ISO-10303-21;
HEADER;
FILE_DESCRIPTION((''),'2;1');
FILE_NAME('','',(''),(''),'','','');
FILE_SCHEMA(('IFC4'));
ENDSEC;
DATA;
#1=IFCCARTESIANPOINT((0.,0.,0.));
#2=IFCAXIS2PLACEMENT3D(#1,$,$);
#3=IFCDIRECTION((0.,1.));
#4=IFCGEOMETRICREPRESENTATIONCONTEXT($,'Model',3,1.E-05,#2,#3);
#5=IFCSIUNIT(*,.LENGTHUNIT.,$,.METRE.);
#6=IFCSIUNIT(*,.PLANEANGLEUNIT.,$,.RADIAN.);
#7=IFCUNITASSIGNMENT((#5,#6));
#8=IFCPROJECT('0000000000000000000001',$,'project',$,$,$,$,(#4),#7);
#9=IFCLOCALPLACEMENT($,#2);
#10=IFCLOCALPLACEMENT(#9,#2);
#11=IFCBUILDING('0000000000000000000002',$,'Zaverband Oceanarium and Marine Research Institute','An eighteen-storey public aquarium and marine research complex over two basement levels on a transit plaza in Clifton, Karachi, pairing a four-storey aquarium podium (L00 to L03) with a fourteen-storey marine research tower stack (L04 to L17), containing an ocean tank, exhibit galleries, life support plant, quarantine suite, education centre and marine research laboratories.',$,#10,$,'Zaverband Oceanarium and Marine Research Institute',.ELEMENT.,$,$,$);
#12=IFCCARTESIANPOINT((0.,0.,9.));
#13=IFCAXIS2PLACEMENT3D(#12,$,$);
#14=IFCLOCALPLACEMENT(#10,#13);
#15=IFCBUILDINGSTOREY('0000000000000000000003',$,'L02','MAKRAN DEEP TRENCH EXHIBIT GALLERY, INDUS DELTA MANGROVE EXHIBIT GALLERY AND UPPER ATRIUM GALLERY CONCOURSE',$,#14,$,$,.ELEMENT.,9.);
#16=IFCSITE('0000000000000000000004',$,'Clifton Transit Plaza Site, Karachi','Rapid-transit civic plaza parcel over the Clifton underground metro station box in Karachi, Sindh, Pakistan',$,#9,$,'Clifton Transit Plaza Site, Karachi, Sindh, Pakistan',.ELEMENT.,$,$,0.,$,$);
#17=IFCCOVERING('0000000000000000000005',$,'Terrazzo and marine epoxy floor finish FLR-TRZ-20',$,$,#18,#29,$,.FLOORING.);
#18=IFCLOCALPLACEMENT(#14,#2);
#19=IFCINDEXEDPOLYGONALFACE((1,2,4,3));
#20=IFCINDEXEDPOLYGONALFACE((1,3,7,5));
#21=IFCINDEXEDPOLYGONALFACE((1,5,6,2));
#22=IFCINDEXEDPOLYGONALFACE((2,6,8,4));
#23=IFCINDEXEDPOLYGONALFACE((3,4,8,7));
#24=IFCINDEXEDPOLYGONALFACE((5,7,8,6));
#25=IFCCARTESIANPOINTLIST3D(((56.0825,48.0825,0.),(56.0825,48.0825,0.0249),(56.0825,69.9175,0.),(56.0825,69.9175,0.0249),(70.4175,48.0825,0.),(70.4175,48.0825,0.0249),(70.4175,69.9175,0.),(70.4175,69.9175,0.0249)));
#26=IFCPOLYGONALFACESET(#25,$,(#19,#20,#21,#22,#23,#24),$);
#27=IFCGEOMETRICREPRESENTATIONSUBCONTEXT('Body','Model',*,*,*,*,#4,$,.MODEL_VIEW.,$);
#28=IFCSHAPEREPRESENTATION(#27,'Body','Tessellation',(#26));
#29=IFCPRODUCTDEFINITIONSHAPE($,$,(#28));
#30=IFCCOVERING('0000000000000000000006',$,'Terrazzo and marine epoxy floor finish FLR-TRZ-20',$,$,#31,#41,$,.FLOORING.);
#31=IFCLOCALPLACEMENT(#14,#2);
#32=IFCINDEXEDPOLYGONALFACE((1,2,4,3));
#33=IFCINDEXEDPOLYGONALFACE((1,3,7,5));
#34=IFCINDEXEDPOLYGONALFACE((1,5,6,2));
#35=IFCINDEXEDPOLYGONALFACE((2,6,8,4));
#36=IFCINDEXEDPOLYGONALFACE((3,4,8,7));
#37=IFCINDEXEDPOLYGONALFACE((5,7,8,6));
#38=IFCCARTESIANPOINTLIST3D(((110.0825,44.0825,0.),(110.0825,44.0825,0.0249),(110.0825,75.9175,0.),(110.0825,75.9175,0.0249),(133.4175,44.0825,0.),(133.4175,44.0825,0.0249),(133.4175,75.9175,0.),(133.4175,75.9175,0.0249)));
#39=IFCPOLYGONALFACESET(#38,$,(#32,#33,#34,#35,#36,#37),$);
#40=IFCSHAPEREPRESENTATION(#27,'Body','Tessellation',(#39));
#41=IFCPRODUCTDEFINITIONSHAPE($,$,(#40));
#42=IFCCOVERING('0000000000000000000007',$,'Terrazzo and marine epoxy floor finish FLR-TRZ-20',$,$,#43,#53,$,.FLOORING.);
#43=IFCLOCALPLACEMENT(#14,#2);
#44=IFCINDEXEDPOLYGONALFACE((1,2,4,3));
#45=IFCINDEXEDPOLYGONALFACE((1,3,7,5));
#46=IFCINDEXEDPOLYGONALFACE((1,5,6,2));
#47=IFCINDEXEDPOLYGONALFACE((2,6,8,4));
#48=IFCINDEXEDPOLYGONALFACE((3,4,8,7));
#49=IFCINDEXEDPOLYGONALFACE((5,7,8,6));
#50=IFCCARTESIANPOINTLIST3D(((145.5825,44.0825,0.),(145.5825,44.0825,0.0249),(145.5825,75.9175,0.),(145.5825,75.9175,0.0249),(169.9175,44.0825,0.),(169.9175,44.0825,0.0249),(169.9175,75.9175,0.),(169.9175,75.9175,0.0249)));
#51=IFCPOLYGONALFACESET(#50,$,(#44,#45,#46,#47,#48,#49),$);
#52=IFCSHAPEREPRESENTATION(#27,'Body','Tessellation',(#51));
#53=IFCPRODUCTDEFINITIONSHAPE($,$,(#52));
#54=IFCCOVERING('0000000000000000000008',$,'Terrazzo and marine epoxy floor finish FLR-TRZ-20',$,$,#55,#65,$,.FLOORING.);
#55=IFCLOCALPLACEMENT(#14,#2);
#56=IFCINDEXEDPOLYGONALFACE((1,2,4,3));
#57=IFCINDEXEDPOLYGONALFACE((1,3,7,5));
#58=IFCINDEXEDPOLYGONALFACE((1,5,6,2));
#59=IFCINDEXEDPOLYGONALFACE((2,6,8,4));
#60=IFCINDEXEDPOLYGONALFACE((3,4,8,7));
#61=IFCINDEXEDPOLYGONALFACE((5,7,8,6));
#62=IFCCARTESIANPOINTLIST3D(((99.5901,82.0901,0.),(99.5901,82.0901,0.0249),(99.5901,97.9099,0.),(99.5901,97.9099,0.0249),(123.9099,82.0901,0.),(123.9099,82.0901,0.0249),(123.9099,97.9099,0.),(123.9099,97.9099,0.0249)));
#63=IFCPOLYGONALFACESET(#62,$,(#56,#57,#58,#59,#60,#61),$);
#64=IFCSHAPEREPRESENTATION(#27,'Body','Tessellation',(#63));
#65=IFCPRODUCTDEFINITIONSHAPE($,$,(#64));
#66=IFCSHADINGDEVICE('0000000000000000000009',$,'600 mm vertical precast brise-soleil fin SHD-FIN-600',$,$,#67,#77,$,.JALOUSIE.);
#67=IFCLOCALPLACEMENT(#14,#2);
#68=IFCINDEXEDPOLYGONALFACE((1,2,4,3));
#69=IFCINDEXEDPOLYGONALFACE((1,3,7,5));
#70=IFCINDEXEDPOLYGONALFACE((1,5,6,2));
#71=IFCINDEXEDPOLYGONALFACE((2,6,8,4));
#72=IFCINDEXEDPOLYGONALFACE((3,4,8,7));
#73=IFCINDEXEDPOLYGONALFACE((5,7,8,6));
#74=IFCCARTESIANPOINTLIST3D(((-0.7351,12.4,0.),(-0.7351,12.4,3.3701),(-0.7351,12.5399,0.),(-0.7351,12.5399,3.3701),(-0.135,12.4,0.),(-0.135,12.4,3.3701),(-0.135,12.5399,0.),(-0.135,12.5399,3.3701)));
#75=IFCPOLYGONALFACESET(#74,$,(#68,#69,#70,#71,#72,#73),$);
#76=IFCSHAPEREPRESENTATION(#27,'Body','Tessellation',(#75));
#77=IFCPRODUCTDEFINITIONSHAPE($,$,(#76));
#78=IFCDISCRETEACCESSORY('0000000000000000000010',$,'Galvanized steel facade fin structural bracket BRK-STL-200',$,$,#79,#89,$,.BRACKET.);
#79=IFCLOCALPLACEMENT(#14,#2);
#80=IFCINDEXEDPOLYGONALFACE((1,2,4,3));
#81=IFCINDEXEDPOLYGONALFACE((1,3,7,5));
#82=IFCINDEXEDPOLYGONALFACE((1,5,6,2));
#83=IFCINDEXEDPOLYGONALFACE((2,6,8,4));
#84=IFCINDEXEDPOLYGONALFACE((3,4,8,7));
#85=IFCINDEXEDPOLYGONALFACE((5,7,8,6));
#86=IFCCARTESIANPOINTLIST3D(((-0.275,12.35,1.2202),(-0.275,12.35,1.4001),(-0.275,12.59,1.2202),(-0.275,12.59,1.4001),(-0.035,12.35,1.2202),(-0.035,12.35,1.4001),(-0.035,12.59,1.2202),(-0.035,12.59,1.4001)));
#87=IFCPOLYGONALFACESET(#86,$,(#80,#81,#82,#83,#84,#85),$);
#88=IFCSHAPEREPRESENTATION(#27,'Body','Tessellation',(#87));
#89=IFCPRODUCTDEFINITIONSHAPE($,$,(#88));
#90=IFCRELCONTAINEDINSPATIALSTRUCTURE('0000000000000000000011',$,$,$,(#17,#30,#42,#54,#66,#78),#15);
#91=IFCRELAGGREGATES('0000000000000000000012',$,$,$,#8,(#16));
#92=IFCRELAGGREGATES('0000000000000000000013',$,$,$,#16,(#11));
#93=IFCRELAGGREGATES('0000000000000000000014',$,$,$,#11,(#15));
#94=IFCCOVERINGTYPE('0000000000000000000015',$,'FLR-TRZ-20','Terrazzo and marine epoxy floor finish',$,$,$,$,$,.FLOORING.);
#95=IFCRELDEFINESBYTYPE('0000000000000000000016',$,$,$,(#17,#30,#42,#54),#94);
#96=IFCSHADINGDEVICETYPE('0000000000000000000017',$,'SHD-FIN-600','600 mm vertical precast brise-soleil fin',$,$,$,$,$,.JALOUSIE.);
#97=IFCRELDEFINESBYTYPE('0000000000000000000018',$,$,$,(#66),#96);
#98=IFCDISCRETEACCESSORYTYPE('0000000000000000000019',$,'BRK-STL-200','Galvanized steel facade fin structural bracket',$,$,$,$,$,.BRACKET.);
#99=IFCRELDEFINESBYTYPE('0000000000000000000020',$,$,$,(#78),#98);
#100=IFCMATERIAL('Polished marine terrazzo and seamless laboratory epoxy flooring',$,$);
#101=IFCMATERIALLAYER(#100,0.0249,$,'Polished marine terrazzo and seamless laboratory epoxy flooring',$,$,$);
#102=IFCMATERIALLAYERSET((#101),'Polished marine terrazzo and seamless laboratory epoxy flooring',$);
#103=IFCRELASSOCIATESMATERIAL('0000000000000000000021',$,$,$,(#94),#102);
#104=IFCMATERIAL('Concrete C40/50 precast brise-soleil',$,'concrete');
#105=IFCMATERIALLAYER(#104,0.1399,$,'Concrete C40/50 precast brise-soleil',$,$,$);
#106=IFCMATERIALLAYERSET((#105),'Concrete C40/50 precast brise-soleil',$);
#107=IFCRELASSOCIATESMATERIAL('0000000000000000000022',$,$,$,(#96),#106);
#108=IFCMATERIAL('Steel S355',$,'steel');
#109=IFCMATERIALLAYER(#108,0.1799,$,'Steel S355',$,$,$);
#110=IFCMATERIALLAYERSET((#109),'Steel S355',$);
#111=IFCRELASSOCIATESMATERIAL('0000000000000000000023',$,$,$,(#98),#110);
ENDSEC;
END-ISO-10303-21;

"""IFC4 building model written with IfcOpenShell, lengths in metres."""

from ifc_helpers import new_model, si_unit, direction, frame, frame_2d, origin, origin_2d, place, context, subcontext, project, spatial, polyline, rectangle, outline, extrude, material, layer, layer_set, type_object, element, save


model = new_model("IFC4")

# Units and contexts
model_context = context("Model", 3, precision=1e-05, world=origin(), true_north=direction((0.0, 1.0)))
body_context = subcontext(model_context, "Body", "Model", "MODEL_VIEW")
ifc_project = project(units=[si_unit("LENGTHUNIT", "METRE"), si_unit("PLANEANGLEUNIT", "RADIAN")], contexts=[model_context])

# Site, building, storey
site_placement = place(None, origin())
site = spatial("IfcSite", under=ifc_project, at=site_placement, Name="Clifton Transit Plaza Site, Karachi", Description="Rapid-transit civic plaza parcel over the Clifton underground metro station box in Karachi, Sindh, Pakistan", LongName="Clifton Transit Plaza Site, Karachi, Sindh, Pakistan", CompositionType="ELEMENT", RefElevation=0.0)
building_placement = place(site_placement, origin())
building = spatial("IfcBuilding", under=site, at=building_placement, Name="Zaverband Oceanarium and Marine Research Institute", Description="An eighteen-storey public aquarium and marine research complex over two basement levels on a transit plaza in Clifton, Karachi, pairing a four-storey aquarium podium (L00 to L03) with a fourteen-storey marine research tower stack (L04 to L17), containing an ocean tank, exhibit galleries, life support plant, quarantine suite, education centre and marine research laboratories.", LongName="Zaverband Oceanarium and Marine Research Institute", CompositionType="ELEMENT")
storey_placement = place(building_placement, frame((0.0, 0.0, 9.0)))
storey = spatial("IfcBuildingStorey", under=building, at=storey_placement, Name="L02", Description="MAKRAN DEEP TRENCH EXHIBIT GALLERY, INDUS DELTA MANGROVE EXHIBIT GALLERY AND UPPER ATRIUM GALLERY CONCOURSE", CompositionType="ELEMENT", Elevation=9.0)

# Coverings
ifc_material_1 = material(Name="Polished marine terrazzo and seamless laboratory epoxy flooring")
ifc_layer_1 = layer(ifc_material_1, 0.0249, Name="Polished marine terrazzo and seamless laboratory epoxy flooring")
ifc_layer_set_1 = layer_set([ifc_layer_1], Name="Polished marine terrazzo and seamless laboratory epoxy flooring")
covering_type_1 = type_object("IfcCoveringType", Name="FLR-TRZ-20", Description="Terrazzo and marine epoxy floor finish", PredefinedType="FLOORING", material=ifc_layer_set_1)
covering_1_placement = place(storey_placement, origin())
element("IfcCovering", 1, at=covering_1_placement, inside=storey, type_object=covering_type_1, Name="Terrazzo and marine epoxy floor finish FLR-TRZ-20", PredefinedType="FLOORING", context=body_context, shape_type="SweptSolid", body=[
    extrude(outline(polyline([(56.0825, 48.0825), (70.4175, 48.0825), (70.4175, 69.9175), (56.0825, 69.9175), (56.0825, 48.0825)])), origin(), (0.0, 0.0, 1.0), 0.0249),
])
covering_2_placement = place(storey_placement, origin())
element("IfcCovering", 2, at=covering_2_placement, inside=storey, type_object=covering_type_1, Name="Terrazzo and marine epoxy floor finish FLR-TRZ-20", PredefinedType="FLOORING", context=body_context, shape_type="SweptSolid", body=[
    extrude(outline(polyline([(110.0825, 44.0825), (133.4175, 44.0825), (133.4175, 75.9175), (110.0825, 75.9175), (110.0825, 44.0825)])), origin(), (0.0, 0.0, 1.0), 0.0249),
])
covering_3_placement = place(storey_placement, origin())
element("IfcCovering", 3, at=covering_3_placement, inside=storey, type_object=covering_type_1, Name="Terrazzo and marine epoxy floor finish FLR-TRZ-20", PredefinedType="FLOORING", context=body_context, shape_type="SweptSolid", body=[
    extrude(outline(polyline([(145.5825, 44.0825), (169.9175, 44.0825), (169.9175, 75.9175), (145.5825, 75.9175), (145.5825, 44.0825)])), origin(), (0.0, 0.0, 1.0), 0.0249),
])
covering_4_placement = place(storey_placement, origin())
element("IfcCovering", 4, at=covering_4_placement, inside=storey, type_object=covering_type_1, Name="Terrazzo and marine epoxy floor finish FLR-TRZ-20", PredefinedType="FLOORING", context=body_context, shape_type="SweptSolid", body=[
    extrude(outline(polyline([(99.5901, 82.0901), (123.9099, 82.0901), (123.9099, 97.9099), (99.5901, 97.9099), (99.5901, 82.0901)])), origin(), (0.0, 0.0, 1.0), 0.0249),
])

# Shading device
ifc_material_2 = material(Name="Concrete C40/50 precast brise-soleil", Category="concrete")
ifc_layer_2 = layer(ifc_material_2, 0.1399, Name="Concrete C40/50 precast brise-soleil")
ifc_layer_set_2 = layer_set([ifc_layer_2], Name="Concrete C40/50 precast brise-soleil")
shading_device_type = type_object("IfcShadingDeviceType", Name="SHD-FIN-600", Description="600 mm vertical precast brise-soleil fin", PredefinedType="JALOUSIE", material=ifc_layer_set_2)
shading_device_placement = place(storey_placement, frame((-0.135, 12.47, 0.0), z_axis=(0.0, 0.0, 1.0), x_axis=(-1.0, 0.0, 0.0)))
element("IfcShadingDevice", 5, at=shading_device_placement, inside=storey, type_object=shading_device_type, Name="600 mm vertical precast brise-soleil fin SHD-FIN-600", PredefinedType="JALOUSIE", context=body_context, shape_type="SweptSolid", body=[
    extrude(rectangle(XDim=0.6001, YDim=0.1399, at=frame_2d((0.3, 0.0))), origin(), (0.0, 0.0, 1.0), 3.3701),
])

# Discrete accessory
ifc_material_3 = material(Name="Steel S355", Category="steel")
ifc_layer_3 = layer(ifc_material_3, 0.1799, Name="Steel S355")
ifc_layer_set_3 = layer_set([ifc_layer_3], Name="Steel S355")
discrete_accessory_type = type_object("IfcDiscreteAccessoryType", Name="BRK-STL-200", Description="Galvanized steel facade fin structural bracket", PredefinedType="BRACKET", material=ifc_layer_set_3)
discrete_accessory_placement = place(storey_placement, frame((-0.155, 12.47, 1.2202), z_axis=(0.0, 0.0, 1.0), x_axis=(1.0, 0.0, 0.0)))
element("IfcDiscreteAccessory", 6, at=discrete_accessory_placement, inside=storey, type_object=discrete_accessory_type, Name="Galvanized steel facade fin structural bracket BRK-STL-200", PredefinedType="BRACKET", context=body_context, shape_type="SweptSolid", body=[
    extrude(rectangle(XDim=0.24, YDim=0.24, at=origin_2d()), origin(), (0.0, 0.0, 1.0), 0.1799),
])

save(model, "model.ifc")
